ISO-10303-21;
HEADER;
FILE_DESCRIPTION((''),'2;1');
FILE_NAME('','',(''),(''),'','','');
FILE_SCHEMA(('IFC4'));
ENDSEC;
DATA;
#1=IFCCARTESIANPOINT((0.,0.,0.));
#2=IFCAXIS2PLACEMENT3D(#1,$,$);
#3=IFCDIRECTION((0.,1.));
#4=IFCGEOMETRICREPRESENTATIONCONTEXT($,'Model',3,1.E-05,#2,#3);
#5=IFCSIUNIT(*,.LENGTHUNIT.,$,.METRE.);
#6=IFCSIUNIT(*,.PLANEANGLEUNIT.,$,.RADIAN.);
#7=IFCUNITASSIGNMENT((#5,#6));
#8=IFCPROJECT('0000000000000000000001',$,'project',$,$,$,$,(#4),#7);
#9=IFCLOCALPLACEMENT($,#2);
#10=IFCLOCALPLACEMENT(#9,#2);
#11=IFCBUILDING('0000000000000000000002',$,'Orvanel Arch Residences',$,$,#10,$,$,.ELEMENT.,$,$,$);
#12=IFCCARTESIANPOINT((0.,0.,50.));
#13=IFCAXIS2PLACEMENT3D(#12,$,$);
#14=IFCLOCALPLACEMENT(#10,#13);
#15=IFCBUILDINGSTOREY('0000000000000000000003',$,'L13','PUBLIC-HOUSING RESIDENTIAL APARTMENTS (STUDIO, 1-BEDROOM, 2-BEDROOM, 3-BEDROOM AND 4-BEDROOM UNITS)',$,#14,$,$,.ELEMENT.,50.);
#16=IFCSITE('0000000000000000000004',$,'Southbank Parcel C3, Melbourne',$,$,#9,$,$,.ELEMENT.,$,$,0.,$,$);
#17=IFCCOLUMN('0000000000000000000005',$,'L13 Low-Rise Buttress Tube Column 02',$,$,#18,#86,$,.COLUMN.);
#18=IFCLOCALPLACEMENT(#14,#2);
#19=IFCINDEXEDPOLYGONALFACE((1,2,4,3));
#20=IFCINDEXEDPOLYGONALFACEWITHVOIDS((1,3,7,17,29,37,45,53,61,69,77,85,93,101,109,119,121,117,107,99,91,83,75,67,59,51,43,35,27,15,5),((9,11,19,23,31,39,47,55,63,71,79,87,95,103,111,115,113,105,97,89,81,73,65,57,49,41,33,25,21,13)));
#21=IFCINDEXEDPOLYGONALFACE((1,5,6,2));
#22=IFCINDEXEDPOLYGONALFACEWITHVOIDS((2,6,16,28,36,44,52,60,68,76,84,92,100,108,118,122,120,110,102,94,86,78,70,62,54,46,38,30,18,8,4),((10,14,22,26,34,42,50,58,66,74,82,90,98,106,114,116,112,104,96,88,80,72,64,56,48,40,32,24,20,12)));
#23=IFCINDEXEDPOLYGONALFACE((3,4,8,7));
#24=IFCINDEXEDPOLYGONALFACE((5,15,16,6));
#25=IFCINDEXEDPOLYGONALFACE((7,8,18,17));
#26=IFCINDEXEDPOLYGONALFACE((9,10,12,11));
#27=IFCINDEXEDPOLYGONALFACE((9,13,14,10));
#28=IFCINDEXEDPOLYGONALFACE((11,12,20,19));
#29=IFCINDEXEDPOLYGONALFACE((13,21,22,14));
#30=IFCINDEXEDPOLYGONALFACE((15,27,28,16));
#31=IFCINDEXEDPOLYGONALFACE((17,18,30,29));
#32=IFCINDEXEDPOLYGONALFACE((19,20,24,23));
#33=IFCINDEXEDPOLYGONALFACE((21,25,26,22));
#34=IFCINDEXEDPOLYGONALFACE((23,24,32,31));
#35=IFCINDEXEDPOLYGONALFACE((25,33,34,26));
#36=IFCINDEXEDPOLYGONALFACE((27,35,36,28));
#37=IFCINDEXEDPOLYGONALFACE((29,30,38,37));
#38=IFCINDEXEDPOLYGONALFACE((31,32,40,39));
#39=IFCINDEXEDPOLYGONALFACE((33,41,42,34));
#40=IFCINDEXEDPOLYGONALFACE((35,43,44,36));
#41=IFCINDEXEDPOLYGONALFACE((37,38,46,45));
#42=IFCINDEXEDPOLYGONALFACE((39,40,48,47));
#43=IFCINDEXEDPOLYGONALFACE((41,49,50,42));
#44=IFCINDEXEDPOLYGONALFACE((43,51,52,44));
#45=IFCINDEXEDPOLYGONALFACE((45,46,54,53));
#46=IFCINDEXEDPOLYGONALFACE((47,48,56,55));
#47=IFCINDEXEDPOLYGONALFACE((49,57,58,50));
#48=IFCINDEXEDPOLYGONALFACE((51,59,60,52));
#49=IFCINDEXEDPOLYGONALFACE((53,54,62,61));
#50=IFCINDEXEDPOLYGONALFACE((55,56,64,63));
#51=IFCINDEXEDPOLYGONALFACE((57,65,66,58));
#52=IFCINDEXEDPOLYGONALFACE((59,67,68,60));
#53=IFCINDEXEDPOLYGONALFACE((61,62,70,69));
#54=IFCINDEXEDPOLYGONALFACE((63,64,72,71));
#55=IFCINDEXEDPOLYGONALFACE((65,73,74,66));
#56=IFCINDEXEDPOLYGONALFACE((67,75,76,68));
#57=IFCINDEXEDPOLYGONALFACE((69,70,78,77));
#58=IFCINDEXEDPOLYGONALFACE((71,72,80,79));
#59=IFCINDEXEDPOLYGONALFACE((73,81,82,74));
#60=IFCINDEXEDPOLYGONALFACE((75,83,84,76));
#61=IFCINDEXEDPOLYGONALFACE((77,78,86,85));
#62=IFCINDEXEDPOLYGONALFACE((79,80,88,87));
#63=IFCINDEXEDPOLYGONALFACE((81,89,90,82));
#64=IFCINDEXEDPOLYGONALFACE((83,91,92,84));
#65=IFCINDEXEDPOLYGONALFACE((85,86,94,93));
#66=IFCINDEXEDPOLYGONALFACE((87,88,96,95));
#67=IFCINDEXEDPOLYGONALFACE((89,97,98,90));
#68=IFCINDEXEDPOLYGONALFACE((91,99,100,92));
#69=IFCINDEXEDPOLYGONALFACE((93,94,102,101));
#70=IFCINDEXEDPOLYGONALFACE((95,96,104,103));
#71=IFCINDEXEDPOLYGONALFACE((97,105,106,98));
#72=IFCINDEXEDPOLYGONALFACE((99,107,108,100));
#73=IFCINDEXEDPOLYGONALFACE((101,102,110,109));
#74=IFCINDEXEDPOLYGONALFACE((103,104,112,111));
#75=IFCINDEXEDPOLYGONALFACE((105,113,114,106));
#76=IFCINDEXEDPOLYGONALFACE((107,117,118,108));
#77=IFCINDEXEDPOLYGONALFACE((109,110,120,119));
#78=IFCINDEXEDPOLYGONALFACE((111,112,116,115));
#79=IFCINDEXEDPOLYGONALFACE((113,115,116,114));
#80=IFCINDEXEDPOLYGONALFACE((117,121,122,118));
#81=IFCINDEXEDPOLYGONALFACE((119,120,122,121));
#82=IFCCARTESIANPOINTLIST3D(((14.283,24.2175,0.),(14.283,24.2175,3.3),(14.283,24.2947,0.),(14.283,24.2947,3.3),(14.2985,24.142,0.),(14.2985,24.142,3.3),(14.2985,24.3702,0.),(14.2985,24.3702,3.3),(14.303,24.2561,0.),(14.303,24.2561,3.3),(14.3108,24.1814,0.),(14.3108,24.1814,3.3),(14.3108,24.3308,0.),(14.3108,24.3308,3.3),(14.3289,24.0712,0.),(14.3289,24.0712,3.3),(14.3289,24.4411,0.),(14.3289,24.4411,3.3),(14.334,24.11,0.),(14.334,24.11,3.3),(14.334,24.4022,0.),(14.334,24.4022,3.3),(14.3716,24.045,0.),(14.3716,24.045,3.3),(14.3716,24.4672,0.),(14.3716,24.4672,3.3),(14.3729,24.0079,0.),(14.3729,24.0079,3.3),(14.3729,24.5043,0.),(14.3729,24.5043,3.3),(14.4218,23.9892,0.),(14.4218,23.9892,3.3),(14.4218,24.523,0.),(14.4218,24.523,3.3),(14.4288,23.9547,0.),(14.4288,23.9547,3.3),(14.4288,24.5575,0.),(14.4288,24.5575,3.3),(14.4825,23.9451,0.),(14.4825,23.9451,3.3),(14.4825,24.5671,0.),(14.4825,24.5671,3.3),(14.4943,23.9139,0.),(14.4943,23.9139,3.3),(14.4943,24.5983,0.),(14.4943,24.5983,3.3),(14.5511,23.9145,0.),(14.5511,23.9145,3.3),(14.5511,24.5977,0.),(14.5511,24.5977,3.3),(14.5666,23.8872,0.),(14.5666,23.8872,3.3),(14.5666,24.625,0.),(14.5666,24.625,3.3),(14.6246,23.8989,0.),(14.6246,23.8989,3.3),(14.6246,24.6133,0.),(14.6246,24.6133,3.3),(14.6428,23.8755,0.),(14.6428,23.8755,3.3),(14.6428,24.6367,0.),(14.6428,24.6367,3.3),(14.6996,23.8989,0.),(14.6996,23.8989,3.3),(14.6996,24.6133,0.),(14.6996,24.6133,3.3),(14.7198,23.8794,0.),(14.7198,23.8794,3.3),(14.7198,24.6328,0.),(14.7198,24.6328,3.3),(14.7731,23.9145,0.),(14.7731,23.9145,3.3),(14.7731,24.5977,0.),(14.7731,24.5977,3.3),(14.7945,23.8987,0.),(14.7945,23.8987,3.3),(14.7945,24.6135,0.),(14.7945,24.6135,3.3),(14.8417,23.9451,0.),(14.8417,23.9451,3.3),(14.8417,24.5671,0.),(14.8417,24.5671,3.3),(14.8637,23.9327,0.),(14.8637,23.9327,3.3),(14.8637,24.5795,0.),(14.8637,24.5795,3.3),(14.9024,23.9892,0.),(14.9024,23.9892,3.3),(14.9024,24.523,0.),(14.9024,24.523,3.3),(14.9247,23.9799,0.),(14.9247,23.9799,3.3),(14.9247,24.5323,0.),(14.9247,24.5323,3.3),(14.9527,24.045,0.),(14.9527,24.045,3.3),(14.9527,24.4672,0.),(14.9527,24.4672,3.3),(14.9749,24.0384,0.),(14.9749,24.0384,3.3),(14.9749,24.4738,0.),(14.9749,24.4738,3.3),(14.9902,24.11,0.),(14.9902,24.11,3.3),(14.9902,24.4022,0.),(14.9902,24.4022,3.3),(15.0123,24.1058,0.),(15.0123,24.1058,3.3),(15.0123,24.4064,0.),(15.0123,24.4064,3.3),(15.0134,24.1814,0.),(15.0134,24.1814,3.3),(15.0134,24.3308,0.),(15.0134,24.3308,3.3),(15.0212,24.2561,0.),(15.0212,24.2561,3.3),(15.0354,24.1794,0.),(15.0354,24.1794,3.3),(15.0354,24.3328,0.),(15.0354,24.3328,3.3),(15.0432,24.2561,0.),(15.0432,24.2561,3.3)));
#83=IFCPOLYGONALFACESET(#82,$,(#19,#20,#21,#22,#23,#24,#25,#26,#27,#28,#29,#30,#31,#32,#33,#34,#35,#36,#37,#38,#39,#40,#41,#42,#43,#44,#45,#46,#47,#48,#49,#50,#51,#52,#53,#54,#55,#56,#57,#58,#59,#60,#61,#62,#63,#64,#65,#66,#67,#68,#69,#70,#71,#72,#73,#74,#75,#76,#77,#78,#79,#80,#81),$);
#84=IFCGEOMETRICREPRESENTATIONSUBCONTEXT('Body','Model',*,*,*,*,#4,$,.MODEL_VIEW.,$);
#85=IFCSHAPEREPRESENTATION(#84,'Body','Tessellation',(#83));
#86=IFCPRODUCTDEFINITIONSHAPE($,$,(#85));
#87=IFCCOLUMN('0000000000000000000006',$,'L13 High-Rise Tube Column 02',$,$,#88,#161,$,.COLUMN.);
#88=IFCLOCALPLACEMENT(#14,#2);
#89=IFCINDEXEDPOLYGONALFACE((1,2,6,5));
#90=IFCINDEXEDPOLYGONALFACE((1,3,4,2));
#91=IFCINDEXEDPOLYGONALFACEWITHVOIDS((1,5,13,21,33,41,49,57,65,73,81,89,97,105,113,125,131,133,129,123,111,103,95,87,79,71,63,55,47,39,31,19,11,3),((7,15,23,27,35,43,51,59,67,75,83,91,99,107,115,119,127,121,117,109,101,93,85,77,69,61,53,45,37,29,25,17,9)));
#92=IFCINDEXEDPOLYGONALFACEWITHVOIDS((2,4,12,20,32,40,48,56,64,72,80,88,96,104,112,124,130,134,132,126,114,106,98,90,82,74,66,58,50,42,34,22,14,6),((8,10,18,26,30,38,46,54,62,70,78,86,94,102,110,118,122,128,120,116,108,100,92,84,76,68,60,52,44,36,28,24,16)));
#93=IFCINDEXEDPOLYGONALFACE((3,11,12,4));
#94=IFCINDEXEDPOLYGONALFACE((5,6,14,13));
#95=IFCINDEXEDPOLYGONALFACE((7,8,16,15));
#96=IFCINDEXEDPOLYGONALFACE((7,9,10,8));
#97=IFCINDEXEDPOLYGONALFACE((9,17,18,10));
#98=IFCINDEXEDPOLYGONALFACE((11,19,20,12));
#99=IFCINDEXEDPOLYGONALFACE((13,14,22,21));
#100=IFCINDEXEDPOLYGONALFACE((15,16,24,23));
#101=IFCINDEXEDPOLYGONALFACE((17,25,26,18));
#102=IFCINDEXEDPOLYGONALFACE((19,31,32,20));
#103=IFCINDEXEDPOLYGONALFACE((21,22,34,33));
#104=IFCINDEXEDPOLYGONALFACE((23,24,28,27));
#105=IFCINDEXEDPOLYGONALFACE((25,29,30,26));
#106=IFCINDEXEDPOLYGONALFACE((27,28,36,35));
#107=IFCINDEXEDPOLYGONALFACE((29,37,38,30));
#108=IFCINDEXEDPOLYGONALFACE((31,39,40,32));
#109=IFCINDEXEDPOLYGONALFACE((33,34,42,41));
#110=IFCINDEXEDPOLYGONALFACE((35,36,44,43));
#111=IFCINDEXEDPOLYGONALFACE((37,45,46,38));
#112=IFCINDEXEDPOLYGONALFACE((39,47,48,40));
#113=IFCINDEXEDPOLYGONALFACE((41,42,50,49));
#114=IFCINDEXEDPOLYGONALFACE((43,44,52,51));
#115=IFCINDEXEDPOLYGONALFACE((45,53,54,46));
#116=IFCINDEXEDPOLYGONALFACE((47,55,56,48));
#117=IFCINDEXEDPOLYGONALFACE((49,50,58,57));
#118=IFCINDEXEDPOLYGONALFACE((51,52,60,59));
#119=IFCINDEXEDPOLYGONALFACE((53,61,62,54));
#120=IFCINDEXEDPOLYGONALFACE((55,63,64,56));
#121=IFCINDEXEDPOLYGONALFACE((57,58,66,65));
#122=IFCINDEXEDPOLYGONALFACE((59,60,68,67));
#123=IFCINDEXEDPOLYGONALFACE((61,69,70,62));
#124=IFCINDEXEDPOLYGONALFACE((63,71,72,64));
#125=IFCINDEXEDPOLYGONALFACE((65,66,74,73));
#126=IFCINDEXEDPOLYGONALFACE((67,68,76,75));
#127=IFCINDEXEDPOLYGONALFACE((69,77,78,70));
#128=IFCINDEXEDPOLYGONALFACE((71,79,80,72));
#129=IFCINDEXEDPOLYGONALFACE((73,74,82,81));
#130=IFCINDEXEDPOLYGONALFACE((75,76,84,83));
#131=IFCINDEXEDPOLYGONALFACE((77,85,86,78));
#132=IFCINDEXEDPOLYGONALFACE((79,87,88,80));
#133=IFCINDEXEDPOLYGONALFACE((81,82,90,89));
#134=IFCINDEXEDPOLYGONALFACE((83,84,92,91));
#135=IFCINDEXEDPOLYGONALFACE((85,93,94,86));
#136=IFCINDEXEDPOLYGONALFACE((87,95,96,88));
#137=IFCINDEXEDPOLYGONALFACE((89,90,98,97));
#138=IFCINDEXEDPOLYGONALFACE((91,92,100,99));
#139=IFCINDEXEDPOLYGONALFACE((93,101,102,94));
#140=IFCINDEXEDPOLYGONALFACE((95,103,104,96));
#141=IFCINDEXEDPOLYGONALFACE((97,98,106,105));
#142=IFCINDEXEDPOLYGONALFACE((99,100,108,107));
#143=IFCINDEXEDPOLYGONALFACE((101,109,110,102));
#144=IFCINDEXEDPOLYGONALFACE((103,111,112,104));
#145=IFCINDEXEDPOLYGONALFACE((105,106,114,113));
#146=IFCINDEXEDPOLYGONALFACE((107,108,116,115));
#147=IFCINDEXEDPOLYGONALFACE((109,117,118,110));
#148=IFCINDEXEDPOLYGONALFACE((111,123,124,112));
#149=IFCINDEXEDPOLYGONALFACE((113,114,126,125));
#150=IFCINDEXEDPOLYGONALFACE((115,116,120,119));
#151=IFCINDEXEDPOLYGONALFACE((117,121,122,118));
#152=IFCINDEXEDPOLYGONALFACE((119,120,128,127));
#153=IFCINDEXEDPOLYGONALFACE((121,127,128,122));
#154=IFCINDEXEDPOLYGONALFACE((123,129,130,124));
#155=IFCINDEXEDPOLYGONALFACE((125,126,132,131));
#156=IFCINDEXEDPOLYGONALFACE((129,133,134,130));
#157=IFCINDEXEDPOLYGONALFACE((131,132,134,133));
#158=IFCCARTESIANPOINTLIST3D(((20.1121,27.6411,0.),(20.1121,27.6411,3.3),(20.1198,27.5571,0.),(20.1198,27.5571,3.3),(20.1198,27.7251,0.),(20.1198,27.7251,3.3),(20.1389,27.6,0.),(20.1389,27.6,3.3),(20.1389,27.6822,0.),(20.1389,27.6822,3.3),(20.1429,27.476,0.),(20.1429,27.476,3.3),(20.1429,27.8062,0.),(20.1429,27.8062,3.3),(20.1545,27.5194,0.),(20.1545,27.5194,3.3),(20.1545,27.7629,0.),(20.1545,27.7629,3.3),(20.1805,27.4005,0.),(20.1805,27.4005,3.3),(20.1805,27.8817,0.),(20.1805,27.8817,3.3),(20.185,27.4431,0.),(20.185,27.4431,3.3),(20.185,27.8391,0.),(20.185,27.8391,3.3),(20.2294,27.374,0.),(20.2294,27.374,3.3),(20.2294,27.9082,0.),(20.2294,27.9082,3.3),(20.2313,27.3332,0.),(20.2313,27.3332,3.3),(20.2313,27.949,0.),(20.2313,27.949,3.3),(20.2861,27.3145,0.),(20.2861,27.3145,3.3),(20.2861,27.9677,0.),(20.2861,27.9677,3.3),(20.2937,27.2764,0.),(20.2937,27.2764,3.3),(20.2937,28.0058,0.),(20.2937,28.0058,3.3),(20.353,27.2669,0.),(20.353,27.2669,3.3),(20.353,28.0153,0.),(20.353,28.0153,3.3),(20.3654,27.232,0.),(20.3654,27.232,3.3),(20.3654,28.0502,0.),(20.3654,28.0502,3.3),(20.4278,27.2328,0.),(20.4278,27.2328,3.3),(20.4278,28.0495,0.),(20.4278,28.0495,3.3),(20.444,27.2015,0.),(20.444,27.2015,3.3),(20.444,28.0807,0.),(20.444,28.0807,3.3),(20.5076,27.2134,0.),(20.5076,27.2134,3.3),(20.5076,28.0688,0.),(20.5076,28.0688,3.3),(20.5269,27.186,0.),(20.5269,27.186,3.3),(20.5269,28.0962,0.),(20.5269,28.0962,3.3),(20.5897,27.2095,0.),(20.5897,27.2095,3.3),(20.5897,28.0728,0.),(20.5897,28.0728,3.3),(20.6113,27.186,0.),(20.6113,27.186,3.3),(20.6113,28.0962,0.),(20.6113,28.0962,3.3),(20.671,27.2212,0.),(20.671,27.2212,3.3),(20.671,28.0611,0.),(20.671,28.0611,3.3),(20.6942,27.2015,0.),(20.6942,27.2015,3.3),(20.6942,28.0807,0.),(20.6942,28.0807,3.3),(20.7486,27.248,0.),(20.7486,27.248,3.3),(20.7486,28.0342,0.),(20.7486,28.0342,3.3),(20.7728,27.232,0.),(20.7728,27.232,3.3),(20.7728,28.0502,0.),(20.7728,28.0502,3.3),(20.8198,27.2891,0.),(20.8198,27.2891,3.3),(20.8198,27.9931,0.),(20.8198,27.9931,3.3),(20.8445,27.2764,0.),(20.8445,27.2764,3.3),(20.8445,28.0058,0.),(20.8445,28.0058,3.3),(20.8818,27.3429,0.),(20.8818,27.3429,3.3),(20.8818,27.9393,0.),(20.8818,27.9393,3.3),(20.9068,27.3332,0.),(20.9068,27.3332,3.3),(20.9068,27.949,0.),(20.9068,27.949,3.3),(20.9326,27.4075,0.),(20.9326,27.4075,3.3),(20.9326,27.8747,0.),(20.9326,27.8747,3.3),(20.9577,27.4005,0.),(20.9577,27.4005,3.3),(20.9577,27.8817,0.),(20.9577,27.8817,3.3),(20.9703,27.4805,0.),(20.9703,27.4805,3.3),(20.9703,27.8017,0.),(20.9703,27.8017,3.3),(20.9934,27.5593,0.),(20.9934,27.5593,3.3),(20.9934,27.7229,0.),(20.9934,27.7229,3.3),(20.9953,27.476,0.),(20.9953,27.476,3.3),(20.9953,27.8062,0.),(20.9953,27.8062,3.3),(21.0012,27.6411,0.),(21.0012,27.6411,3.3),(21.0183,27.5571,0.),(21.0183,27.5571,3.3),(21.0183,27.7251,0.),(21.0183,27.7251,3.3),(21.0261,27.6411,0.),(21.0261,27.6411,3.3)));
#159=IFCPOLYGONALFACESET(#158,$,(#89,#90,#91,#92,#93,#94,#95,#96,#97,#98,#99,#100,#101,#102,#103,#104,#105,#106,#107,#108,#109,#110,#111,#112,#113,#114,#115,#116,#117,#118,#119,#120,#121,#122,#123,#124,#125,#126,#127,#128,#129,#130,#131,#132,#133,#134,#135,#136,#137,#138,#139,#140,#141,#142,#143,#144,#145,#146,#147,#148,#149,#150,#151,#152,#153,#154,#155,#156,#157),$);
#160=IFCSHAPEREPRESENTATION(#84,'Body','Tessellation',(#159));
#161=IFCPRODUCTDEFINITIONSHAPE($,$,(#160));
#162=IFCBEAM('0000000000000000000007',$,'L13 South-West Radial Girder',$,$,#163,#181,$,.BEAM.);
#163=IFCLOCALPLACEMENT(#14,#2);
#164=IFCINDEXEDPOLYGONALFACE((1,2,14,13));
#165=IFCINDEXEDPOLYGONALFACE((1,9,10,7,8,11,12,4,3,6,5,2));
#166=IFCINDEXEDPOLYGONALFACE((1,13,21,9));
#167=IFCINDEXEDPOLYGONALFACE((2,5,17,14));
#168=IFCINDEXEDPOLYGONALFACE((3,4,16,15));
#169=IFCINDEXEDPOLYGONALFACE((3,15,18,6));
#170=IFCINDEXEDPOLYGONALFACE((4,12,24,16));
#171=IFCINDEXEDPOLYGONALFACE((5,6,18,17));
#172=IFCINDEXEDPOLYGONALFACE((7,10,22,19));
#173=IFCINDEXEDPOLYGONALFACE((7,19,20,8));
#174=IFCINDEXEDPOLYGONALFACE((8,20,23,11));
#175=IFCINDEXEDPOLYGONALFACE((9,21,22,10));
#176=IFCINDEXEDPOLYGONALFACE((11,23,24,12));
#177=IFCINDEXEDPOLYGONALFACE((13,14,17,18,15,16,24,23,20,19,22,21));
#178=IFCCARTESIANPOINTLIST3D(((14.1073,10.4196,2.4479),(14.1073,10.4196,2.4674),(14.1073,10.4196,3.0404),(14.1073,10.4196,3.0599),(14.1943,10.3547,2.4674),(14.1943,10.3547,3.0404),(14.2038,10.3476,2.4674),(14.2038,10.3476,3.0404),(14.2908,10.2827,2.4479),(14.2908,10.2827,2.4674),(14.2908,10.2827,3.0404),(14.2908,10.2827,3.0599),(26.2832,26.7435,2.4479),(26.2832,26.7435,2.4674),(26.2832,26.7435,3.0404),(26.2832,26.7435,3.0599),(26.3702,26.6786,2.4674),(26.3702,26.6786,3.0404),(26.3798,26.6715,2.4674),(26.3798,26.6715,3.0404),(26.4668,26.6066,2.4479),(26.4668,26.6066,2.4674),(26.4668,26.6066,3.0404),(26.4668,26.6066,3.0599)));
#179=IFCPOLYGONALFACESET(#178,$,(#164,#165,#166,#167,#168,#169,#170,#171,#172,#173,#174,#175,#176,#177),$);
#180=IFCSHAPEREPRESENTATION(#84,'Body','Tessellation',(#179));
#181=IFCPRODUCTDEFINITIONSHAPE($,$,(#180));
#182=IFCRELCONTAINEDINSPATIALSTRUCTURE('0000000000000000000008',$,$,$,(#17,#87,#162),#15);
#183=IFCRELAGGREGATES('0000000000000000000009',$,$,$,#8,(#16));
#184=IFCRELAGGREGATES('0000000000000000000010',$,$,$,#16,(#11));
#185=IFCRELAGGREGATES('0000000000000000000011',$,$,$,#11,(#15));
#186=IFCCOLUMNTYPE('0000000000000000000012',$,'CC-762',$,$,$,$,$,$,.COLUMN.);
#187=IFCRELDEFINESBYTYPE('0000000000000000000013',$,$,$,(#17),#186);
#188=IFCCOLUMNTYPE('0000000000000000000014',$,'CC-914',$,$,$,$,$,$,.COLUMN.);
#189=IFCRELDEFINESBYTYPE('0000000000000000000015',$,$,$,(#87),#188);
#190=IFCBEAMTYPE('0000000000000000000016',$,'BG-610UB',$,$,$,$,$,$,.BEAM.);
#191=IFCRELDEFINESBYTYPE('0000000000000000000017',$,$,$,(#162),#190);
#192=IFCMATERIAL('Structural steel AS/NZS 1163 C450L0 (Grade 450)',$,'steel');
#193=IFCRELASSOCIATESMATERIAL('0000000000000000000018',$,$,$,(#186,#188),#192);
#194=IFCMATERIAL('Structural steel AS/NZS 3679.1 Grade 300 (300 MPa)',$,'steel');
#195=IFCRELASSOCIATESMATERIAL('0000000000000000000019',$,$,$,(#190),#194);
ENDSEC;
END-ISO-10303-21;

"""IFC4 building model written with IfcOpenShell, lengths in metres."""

from ifc_helpers import new_model, si_unit, direction, frame, origin, origin_2d, place, context, subcontext, project, spatial, hollow_circle, i_section, extrude, material, material_profile, profile_set, type_object, element, save


model = new_model("IFC4")

# Units and contexts
model_context = context("Model", 3, precision=1e-05, world=origin(), true_north=direction((0.0, 1.0)))
body_context = subcontext(model_context, "Body", "Model", "MODEL_VIEW")
ifc_project = project(units=[si_unit("LENGTHUNIT", "METRE"), si_unit("PLANEANGLEUNIT", "RADIAN")], contexts=[model_context])

# Site, building, storey
site_placement = place(None, origin())
site = spatial("IfcSite", under=ifc_project, at=site_placement, Name="Southbank Parcel C3, Melbourne", CompositionType="ELEMENT", RefElevation=0.0)
building_placement = place(site_placement, origin())
building = spatial("IfcBuilding", under=site, at=building_placement, Name="Orvanel Arch Residences", CompositionType="ELEMENT")
storey_placement = place(building_placement, frame((0.0, 0.0, 50.0)))
storey = spatial("IfcBuildingStorey", under=building, at=storey_placement, Name="L13", Description="PUBLIC-HOUSING RESIDENTIAL APARTMENTS (STUDIO, 1-BEDROOM, 2-BEDROOM, 3-BEDROOM AND 4-BEDROOM UNITS)", CompositionType="ELEMENT", Elevation=50.0)

# Columns
ifc_material_1 = material(Name="Structural steel AS/NZS 1163 C450L0 (Grade 450)", Category="steel")
ifc_material_profile_1 = material_profile(ifc_material_1, hollow_circle(Radius=0.3811, WallThickness=0.022, at=origin_2d()), Name="CHS762x22")
ifc_profile_set_1 = profile_set([ifc_material_profile_1], Name="Structural steel AS/NZS 1163 C450L0 (Grade 450)")
column_type_1 = type_object("IfcColumnType", Name="CC-762", PredefinedType="COLUMN", material=ifc_profile_set_1)
column_1_placement = place(storey_placement, frame((14.6621, 24.2561, 0.0), z_axis=(0.0, 0.0, 1.0), x_axis=(1.0, 0.0, 0.0)))
element("IfcColumn", 1, at=column_1_placement, inside=storey, type_object=column_type_1, Name="L13 Low-Rise Buttress Tube Column 02", PredefinedType="COLUMN", context=body_context, shape_type="SweptSolid", body=[
    extrude(hollow_circle(Radius=0.3811, WallThickness=0.022, at=origin_2d()), origin(), (0.0, 0.0, 1.0), 3.3),
])
ifc_material_profile_2 = material_profile(ifc_material_1, hollow_circle(Radius=0.457, WallThickness=0.0249, at=origin_2d()), Name="CHS914x25")
ifc_profile_set_2 = profile_set([ifc_material_profile_2], Name="Structural steel AS/NZS 1163 C450L0 (Grade 450)")
column_type_2 = type_object("IfcColumnType", Name="CC-914", PredefinedType="COLUMN", material=ifc_profile_set_2)
column_2_placement = place(storey_placement, frame((20.5691, 27.6411, 0.0), z_axis=(0.0, 0.0, 1.0), x_axis=(1.0, 0.0, 0.0)))
element("IfcColumn", 2, at=column_2_placement, inside=storey, type_object=column_type_2, Name="L13 High-Rise Tube Column 02", PredefinedType="COLUMN", context=body_context, shape_type="SweptSolid", body=[
    extrude(hollow_circle(Radius=0.457, WallThickness=0.0249, at=origin_2d()), origin(), (0.0, 0.0, 1.0), 3.3),
])

# Beam
ifc_material_2 = material(Name="Structural steel AS/NZS 3679.1 Grade 300 (300 MPa)", Category="steel")
ifc_material_profile_3 = material_profile(ifc_material_2, i_section(OverallWidth=0.229, OverallDepth=0.6121, WebThickness=0.012, FlangeThickness=0.0195, at=origin_2d()), Name="610UB125")
ifc_profile_set_3 = profile_set([ifc_material_profile_3], Name="Structural steel AS/NZS 3679.1 Grade 300 (300 MPa)")
beam_type_1 = type_object("IfcBeamType", Name="BG-610UB", PredefinedType="BEAM", material=ifc_profile_set_3)
beam_1_placement = place(storey_placement, frame((26.375, 26.675, 2.7539), z_axis=(-0.597894, -0.801575, 0.0), x_axis=(0.801575, -0.597894, 0.0)))
element("IfcBeam", 3, at=beam_1_placement, inside=storey, type_object=beam_type_1, Name="L13 South-West Radial Girder", PredefinedType="BEAM", context=body_context, shape_type="SweptSolid", body=[
    extrude(i_section(OverallWidth=0.229, OverallDepth=0.6121, WebThickness=0.012, FlangeThickness=0.0195, at=origin_2d()), origin(), (0.0, 0.0, 1.0), 20.3647),
])

save(model, "model.ifc")
